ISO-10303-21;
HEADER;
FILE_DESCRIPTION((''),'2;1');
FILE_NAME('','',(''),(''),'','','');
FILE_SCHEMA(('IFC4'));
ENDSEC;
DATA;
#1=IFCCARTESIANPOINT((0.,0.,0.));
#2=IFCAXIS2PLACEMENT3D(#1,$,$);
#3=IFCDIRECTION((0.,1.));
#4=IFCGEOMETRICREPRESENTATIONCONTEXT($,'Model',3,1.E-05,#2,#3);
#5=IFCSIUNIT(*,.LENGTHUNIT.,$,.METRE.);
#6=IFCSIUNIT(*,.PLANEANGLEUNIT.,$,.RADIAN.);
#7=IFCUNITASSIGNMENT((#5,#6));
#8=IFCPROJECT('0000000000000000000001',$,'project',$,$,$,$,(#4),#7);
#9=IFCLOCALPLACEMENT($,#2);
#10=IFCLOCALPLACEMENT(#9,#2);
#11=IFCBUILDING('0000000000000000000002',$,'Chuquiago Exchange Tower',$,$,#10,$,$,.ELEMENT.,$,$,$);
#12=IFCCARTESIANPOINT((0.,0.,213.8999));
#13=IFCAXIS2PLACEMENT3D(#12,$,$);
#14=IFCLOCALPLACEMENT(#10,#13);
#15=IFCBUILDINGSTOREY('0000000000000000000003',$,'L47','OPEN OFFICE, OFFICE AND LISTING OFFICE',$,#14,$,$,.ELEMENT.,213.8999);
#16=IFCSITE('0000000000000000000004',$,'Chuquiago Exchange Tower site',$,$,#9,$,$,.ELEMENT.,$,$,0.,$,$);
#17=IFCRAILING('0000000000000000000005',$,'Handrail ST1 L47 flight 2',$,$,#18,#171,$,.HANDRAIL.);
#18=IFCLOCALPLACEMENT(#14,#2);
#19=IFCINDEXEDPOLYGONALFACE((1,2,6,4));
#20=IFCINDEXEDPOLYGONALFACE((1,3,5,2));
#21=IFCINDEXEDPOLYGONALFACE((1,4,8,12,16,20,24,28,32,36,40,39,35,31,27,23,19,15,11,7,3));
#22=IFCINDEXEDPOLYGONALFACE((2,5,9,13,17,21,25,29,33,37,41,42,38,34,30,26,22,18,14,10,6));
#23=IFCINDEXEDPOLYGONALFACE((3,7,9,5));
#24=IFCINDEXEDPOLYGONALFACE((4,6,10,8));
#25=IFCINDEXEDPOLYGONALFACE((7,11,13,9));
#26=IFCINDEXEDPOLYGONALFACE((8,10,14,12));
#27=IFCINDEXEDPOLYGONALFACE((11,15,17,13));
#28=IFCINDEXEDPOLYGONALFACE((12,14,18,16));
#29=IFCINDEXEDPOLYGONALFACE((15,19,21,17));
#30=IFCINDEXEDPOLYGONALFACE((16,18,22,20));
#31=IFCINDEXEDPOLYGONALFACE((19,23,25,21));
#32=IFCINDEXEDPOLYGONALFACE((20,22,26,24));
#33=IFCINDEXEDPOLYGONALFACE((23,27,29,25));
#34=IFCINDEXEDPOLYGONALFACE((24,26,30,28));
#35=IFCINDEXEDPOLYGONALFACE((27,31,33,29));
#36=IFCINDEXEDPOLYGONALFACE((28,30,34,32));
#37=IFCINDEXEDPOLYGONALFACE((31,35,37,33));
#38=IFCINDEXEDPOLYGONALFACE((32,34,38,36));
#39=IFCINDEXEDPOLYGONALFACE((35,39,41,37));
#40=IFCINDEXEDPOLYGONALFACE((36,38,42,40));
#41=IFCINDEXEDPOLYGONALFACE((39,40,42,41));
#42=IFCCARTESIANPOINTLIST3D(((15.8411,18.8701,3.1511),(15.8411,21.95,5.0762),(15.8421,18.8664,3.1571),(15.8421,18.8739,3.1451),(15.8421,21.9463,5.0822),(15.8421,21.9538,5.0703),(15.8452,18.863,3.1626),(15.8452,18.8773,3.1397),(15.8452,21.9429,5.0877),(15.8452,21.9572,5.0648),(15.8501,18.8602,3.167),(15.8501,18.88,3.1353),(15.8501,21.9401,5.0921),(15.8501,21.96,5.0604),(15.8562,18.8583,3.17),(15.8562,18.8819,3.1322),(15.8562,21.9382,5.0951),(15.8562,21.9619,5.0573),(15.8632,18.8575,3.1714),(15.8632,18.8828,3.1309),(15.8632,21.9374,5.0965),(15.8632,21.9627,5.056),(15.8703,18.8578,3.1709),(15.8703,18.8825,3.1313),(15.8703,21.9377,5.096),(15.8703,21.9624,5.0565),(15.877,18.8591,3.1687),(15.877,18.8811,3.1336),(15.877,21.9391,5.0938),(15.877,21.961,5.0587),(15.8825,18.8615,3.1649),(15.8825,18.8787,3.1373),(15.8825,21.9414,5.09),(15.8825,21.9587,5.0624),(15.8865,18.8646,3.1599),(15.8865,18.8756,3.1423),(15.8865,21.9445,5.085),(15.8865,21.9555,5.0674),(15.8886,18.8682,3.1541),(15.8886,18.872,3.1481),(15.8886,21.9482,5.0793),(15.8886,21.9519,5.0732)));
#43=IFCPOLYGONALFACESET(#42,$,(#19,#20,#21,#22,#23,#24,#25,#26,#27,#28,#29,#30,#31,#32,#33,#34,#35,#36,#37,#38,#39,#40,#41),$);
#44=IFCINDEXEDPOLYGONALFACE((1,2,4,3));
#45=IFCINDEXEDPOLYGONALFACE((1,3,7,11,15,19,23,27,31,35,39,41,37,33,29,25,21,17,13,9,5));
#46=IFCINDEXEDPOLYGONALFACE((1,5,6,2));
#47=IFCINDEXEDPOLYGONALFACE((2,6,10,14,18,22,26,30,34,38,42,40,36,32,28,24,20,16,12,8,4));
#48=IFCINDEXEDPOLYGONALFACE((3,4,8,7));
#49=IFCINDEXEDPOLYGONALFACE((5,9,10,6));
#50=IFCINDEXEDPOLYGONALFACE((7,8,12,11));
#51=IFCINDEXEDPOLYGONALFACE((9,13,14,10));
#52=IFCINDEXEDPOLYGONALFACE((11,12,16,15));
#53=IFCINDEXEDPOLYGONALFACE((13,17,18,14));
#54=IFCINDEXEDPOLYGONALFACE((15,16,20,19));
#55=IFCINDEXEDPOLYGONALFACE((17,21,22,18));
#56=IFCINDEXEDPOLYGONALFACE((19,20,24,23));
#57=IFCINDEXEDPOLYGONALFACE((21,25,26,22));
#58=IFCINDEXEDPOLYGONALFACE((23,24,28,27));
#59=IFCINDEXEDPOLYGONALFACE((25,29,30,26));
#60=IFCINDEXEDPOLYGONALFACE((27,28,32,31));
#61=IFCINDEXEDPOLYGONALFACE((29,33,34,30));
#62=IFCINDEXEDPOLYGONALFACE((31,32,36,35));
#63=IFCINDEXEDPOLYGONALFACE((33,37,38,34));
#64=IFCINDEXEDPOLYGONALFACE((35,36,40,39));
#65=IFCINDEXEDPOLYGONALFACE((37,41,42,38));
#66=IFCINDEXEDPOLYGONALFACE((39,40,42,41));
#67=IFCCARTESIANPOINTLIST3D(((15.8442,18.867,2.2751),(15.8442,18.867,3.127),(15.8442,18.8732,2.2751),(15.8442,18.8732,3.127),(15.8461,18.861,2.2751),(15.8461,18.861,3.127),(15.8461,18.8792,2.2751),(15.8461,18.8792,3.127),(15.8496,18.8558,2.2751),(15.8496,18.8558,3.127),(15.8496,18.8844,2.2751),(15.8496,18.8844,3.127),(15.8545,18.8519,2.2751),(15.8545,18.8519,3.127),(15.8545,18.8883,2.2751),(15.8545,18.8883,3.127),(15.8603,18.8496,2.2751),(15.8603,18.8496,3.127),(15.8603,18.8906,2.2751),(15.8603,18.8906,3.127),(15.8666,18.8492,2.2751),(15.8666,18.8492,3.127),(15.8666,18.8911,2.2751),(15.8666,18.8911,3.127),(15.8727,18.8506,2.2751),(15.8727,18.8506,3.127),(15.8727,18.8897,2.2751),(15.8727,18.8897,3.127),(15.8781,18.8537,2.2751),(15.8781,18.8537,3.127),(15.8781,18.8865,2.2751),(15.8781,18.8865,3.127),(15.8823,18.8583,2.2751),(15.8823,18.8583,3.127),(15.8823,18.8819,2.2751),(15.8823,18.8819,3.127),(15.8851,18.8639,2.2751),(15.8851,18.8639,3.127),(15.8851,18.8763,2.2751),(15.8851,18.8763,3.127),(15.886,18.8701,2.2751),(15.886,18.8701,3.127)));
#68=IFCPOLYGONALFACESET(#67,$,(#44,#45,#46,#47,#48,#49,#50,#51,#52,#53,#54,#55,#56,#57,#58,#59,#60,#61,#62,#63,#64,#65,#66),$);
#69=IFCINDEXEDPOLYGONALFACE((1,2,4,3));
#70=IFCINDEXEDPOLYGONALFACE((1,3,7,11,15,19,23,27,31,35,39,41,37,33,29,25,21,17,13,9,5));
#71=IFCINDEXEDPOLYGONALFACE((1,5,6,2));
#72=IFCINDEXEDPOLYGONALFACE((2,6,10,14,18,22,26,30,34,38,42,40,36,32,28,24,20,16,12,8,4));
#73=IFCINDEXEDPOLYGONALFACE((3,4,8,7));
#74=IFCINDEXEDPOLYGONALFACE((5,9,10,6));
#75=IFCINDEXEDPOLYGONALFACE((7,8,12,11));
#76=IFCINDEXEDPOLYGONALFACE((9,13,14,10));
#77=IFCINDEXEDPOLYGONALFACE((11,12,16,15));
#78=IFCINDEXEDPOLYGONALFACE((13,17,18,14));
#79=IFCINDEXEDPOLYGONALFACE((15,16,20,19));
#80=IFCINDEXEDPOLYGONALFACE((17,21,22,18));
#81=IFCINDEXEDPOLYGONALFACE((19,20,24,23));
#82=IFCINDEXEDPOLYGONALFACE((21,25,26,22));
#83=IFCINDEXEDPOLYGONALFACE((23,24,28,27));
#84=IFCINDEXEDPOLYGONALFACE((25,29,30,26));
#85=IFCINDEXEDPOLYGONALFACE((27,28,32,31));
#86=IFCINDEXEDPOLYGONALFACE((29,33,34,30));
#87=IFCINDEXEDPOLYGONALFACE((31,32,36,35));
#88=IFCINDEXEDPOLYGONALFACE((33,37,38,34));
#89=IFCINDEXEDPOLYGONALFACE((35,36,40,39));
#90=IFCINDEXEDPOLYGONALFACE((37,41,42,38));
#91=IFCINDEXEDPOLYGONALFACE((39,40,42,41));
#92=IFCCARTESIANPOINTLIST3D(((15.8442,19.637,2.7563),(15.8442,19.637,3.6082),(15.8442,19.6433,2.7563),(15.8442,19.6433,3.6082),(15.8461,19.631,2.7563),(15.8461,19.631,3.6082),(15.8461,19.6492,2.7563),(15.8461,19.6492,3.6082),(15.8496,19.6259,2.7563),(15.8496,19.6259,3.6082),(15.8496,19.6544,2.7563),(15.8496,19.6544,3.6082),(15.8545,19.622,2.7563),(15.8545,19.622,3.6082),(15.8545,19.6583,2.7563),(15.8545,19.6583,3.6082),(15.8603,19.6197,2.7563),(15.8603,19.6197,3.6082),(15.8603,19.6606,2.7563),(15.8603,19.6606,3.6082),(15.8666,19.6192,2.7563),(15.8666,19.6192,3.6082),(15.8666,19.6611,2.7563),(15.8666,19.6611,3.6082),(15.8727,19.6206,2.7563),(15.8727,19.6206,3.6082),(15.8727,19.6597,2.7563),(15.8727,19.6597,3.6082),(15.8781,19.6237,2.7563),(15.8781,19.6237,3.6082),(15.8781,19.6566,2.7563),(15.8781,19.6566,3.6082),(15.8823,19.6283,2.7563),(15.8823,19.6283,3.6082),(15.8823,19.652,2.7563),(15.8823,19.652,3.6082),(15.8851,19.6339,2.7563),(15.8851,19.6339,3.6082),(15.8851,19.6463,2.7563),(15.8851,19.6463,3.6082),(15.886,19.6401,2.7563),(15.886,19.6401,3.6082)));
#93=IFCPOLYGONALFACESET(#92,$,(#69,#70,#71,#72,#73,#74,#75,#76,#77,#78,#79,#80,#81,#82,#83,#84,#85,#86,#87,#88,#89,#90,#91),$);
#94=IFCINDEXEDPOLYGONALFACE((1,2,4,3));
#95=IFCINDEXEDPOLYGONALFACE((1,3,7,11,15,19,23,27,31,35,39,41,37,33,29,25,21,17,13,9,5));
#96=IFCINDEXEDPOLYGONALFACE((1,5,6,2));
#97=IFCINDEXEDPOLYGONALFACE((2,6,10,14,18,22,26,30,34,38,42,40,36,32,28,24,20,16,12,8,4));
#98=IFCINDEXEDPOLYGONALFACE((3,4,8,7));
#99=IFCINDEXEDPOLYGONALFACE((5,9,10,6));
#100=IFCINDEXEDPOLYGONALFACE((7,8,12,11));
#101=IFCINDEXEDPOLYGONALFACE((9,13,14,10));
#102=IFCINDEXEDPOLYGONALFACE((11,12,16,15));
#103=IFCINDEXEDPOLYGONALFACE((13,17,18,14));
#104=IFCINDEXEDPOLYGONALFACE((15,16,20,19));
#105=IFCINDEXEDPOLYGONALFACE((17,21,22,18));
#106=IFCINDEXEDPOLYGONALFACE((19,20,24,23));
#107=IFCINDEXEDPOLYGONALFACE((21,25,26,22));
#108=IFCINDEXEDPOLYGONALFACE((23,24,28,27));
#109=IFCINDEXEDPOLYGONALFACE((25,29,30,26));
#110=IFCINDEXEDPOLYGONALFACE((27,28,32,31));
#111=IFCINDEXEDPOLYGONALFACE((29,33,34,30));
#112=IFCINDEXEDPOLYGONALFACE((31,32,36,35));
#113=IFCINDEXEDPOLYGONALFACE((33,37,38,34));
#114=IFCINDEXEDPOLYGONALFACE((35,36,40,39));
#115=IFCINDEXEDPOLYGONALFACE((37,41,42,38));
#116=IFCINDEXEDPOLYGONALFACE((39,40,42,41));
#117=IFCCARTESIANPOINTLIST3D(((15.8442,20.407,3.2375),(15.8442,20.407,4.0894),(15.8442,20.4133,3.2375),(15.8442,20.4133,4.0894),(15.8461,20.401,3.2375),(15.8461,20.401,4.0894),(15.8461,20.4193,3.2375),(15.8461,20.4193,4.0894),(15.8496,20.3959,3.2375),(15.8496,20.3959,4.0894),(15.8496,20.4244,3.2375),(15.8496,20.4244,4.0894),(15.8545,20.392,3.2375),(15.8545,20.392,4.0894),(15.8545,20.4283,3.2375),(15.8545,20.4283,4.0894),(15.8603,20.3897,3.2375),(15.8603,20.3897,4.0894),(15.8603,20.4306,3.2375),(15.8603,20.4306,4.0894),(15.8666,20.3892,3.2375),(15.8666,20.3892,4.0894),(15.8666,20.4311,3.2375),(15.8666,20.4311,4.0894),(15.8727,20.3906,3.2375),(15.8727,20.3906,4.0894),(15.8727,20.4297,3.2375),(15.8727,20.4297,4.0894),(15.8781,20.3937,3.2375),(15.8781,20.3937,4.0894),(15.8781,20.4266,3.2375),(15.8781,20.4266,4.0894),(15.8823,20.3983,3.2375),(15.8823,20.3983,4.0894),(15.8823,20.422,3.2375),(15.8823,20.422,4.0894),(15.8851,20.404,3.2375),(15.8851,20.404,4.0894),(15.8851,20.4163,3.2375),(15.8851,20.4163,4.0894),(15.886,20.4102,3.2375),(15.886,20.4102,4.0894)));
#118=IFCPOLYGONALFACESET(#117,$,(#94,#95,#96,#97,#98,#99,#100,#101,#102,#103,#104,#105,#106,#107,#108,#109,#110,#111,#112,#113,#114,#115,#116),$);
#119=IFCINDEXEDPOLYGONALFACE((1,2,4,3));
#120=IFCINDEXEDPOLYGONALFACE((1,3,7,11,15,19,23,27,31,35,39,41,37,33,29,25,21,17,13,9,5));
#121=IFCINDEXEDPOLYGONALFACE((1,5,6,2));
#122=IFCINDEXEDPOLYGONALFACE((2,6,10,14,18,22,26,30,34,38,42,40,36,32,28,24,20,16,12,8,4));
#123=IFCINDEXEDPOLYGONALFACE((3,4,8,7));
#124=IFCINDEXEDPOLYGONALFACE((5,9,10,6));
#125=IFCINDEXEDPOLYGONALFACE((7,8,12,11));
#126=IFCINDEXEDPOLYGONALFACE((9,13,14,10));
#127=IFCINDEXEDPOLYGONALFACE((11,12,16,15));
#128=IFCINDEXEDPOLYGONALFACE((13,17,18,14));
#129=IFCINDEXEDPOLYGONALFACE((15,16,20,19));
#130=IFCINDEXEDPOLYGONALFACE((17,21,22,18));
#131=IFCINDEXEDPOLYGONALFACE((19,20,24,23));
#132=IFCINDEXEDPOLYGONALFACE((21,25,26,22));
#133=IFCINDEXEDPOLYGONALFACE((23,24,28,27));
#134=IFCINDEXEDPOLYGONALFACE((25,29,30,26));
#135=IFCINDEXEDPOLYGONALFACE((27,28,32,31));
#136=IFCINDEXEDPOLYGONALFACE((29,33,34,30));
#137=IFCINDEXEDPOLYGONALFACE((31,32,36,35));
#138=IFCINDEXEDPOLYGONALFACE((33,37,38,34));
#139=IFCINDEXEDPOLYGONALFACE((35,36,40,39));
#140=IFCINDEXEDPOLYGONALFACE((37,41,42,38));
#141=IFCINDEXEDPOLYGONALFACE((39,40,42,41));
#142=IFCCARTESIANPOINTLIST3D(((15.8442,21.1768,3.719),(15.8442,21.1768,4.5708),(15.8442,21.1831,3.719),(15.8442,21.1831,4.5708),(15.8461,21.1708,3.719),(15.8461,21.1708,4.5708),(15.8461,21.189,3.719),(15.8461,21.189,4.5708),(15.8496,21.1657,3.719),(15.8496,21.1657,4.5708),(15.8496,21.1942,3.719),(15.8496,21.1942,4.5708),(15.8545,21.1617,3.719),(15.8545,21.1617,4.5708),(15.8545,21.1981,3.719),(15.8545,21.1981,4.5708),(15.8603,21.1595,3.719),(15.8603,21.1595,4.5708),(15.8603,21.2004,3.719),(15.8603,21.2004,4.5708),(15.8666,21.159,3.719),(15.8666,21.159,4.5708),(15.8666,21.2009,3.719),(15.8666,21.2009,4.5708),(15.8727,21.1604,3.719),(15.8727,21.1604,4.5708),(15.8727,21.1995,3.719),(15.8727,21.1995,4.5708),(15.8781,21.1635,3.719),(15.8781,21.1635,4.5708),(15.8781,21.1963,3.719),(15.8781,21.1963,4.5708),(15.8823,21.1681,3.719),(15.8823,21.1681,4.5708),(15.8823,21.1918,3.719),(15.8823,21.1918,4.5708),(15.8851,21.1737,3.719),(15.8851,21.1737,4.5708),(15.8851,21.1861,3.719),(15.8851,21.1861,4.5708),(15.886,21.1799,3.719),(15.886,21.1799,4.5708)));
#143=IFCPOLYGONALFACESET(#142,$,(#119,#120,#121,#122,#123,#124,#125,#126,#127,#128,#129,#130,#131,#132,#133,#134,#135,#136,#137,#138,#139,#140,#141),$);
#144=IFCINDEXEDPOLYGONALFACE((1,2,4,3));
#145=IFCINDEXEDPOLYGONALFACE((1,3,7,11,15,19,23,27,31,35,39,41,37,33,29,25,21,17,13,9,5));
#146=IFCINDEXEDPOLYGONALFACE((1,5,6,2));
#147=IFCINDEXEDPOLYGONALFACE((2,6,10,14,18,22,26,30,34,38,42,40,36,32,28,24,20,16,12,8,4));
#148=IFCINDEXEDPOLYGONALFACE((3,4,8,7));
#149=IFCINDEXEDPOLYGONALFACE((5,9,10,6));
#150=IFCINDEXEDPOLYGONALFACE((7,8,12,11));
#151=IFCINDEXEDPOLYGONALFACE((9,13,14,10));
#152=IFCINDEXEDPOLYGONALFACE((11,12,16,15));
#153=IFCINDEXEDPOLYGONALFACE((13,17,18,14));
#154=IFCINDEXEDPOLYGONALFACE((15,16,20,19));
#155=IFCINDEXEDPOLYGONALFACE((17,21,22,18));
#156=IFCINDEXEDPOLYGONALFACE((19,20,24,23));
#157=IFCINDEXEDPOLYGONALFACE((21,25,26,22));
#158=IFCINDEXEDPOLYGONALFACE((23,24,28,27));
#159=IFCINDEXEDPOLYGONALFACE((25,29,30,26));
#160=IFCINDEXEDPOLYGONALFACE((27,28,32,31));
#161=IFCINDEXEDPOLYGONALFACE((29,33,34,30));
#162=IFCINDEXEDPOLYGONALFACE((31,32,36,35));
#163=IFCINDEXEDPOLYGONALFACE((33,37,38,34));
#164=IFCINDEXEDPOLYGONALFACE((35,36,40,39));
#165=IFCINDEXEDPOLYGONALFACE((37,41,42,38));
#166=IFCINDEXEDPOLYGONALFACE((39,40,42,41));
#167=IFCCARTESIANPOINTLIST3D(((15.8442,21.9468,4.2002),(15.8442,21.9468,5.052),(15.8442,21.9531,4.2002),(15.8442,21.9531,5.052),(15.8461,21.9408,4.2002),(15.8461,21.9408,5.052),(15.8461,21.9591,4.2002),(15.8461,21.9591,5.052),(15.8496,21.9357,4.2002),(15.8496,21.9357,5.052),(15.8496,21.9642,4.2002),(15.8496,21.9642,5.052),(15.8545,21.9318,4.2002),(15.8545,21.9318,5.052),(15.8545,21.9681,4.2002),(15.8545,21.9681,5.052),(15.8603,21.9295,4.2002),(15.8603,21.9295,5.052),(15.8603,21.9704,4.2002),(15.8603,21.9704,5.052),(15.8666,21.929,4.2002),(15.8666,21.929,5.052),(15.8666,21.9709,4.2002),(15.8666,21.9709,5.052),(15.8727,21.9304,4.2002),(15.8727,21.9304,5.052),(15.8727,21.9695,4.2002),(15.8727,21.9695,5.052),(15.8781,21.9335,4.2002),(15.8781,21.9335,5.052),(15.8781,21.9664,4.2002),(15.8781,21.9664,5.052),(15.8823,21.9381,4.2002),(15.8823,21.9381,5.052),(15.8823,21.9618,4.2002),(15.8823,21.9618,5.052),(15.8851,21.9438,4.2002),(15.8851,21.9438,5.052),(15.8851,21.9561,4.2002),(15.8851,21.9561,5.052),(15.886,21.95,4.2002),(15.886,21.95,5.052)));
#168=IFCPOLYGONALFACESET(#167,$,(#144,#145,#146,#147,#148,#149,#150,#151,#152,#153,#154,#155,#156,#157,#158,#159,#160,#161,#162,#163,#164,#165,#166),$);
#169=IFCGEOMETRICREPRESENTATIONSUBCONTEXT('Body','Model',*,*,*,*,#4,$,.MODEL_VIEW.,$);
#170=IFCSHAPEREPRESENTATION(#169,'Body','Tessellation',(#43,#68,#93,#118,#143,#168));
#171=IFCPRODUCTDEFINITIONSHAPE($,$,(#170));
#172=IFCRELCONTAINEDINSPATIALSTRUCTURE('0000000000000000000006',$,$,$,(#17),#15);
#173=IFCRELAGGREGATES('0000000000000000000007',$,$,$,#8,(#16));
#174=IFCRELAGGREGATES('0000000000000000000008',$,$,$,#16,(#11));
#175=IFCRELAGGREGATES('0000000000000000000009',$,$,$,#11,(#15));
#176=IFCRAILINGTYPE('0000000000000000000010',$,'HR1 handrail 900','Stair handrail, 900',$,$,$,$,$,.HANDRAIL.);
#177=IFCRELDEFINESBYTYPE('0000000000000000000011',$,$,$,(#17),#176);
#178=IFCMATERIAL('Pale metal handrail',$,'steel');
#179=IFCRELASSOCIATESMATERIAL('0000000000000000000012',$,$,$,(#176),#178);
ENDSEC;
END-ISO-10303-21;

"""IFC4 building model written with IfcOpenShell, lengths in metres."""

from ifc_helpers import new_model, si_unit, direction, frame, origin, origin_2d, place, context, subcontext, project, spatial, circle, extrude, material, type_object, element, save


model = new_model("IFC4")

# Units and contexts
model_context = context("Model", 3, precision=1e-05, world=origin(), true_north=direction((0.0, 1.0)))
body_context = subcontext(model_context, "Body", "Model", "MODEL_VIEW")
ifc_project = project(units=[si_unit("LENGTHUNIT", "METRE"), si_unit("PLANEANGLEUNIT", "RADIAN")], contexts=[model_context])

# Site, building, storey
site_placement = place(None, origin())
site = spatial("IfcSite", under=ifc_project, at=site_placement, Name="Chuquiago Exchange Tower site", CompositionType="ELEMENT", RefElevation=0.0)
building_placement = place(site_placement, origin())
building = spatial("IfcBuilding", under=site, at=building_placement, Name="Chuquiago Exchange Tower", CompositionType="ELEMENT")
storey_placement = place(building_placement, frame((0.0, 0.0, 213.8999)))
storey = spatial("IfcBuildingStorey", under=building, at=storey_placement, Name="L47", Description="OPEN OFFICE, OFFICE AND LISTING OFFICE", CompositionType="ELEMENT", Elevation=213.8999)

# Railing
ifc_material_1 = material(Name="Pale metal handrail", Category="steel")
railing_type_1 = type_object("IfcRailingType", Name="HR1 handrail 900", Description="Stair handrail, 900", PredefinedType="HANDRAIL", material=ifc_material_1)
for number, where, name in (
    (1, (15.865, 18.8701, 2.2751), "Handrail ST1 L47 flight 2"),
):
    element("IfcRailing", number, at=place(storey_placement, frame(where)), inside=storey, type_object=railing_type_1, Name=name, PredefinedType="HANDRAIL", context=body_context, shape_type="SweptSolid", body=[
        extrude(circle(Radius=0.0239, at=origin_2d()), frame((0.0, 0.0, 0.876), z_axis=(0.0, 0.847979, 0.530029), x_axis=(-1.0, 0.0, 0.0)), (0.0, 0.0, 1.0), 3.6321),
        extrude(circle(Radius=0.021, at=origin_2d()), origin(), (0.0, 0.0, 1.0), 0.8518),
        extrude(circle(Radius=0.021, at=origin_2d()), frame((0.0, 0.77, 0.4812)), (0.0, 0.0, 1.0), 0.8518),
        extrude(circle(Radius=0.021, at=origin_2d()), frame((0.0, 1.54, 0.9624)), (0.0, 0.0, 1.0), 0.8518),
        extrude(circle(Radius=0.021, at=origin_2d()), frame((0.0, 2.3098, 1.4438)), (0.0, 0.0, 1.0), 0.8518),
        extrude(circle(Radius=0.021, at=origin_2d()), frame((0.0, 3.0798, 1.925)), (0.0, 0.0, 1.0), 0.8518),
    ])

save(model, "model.ifc")
